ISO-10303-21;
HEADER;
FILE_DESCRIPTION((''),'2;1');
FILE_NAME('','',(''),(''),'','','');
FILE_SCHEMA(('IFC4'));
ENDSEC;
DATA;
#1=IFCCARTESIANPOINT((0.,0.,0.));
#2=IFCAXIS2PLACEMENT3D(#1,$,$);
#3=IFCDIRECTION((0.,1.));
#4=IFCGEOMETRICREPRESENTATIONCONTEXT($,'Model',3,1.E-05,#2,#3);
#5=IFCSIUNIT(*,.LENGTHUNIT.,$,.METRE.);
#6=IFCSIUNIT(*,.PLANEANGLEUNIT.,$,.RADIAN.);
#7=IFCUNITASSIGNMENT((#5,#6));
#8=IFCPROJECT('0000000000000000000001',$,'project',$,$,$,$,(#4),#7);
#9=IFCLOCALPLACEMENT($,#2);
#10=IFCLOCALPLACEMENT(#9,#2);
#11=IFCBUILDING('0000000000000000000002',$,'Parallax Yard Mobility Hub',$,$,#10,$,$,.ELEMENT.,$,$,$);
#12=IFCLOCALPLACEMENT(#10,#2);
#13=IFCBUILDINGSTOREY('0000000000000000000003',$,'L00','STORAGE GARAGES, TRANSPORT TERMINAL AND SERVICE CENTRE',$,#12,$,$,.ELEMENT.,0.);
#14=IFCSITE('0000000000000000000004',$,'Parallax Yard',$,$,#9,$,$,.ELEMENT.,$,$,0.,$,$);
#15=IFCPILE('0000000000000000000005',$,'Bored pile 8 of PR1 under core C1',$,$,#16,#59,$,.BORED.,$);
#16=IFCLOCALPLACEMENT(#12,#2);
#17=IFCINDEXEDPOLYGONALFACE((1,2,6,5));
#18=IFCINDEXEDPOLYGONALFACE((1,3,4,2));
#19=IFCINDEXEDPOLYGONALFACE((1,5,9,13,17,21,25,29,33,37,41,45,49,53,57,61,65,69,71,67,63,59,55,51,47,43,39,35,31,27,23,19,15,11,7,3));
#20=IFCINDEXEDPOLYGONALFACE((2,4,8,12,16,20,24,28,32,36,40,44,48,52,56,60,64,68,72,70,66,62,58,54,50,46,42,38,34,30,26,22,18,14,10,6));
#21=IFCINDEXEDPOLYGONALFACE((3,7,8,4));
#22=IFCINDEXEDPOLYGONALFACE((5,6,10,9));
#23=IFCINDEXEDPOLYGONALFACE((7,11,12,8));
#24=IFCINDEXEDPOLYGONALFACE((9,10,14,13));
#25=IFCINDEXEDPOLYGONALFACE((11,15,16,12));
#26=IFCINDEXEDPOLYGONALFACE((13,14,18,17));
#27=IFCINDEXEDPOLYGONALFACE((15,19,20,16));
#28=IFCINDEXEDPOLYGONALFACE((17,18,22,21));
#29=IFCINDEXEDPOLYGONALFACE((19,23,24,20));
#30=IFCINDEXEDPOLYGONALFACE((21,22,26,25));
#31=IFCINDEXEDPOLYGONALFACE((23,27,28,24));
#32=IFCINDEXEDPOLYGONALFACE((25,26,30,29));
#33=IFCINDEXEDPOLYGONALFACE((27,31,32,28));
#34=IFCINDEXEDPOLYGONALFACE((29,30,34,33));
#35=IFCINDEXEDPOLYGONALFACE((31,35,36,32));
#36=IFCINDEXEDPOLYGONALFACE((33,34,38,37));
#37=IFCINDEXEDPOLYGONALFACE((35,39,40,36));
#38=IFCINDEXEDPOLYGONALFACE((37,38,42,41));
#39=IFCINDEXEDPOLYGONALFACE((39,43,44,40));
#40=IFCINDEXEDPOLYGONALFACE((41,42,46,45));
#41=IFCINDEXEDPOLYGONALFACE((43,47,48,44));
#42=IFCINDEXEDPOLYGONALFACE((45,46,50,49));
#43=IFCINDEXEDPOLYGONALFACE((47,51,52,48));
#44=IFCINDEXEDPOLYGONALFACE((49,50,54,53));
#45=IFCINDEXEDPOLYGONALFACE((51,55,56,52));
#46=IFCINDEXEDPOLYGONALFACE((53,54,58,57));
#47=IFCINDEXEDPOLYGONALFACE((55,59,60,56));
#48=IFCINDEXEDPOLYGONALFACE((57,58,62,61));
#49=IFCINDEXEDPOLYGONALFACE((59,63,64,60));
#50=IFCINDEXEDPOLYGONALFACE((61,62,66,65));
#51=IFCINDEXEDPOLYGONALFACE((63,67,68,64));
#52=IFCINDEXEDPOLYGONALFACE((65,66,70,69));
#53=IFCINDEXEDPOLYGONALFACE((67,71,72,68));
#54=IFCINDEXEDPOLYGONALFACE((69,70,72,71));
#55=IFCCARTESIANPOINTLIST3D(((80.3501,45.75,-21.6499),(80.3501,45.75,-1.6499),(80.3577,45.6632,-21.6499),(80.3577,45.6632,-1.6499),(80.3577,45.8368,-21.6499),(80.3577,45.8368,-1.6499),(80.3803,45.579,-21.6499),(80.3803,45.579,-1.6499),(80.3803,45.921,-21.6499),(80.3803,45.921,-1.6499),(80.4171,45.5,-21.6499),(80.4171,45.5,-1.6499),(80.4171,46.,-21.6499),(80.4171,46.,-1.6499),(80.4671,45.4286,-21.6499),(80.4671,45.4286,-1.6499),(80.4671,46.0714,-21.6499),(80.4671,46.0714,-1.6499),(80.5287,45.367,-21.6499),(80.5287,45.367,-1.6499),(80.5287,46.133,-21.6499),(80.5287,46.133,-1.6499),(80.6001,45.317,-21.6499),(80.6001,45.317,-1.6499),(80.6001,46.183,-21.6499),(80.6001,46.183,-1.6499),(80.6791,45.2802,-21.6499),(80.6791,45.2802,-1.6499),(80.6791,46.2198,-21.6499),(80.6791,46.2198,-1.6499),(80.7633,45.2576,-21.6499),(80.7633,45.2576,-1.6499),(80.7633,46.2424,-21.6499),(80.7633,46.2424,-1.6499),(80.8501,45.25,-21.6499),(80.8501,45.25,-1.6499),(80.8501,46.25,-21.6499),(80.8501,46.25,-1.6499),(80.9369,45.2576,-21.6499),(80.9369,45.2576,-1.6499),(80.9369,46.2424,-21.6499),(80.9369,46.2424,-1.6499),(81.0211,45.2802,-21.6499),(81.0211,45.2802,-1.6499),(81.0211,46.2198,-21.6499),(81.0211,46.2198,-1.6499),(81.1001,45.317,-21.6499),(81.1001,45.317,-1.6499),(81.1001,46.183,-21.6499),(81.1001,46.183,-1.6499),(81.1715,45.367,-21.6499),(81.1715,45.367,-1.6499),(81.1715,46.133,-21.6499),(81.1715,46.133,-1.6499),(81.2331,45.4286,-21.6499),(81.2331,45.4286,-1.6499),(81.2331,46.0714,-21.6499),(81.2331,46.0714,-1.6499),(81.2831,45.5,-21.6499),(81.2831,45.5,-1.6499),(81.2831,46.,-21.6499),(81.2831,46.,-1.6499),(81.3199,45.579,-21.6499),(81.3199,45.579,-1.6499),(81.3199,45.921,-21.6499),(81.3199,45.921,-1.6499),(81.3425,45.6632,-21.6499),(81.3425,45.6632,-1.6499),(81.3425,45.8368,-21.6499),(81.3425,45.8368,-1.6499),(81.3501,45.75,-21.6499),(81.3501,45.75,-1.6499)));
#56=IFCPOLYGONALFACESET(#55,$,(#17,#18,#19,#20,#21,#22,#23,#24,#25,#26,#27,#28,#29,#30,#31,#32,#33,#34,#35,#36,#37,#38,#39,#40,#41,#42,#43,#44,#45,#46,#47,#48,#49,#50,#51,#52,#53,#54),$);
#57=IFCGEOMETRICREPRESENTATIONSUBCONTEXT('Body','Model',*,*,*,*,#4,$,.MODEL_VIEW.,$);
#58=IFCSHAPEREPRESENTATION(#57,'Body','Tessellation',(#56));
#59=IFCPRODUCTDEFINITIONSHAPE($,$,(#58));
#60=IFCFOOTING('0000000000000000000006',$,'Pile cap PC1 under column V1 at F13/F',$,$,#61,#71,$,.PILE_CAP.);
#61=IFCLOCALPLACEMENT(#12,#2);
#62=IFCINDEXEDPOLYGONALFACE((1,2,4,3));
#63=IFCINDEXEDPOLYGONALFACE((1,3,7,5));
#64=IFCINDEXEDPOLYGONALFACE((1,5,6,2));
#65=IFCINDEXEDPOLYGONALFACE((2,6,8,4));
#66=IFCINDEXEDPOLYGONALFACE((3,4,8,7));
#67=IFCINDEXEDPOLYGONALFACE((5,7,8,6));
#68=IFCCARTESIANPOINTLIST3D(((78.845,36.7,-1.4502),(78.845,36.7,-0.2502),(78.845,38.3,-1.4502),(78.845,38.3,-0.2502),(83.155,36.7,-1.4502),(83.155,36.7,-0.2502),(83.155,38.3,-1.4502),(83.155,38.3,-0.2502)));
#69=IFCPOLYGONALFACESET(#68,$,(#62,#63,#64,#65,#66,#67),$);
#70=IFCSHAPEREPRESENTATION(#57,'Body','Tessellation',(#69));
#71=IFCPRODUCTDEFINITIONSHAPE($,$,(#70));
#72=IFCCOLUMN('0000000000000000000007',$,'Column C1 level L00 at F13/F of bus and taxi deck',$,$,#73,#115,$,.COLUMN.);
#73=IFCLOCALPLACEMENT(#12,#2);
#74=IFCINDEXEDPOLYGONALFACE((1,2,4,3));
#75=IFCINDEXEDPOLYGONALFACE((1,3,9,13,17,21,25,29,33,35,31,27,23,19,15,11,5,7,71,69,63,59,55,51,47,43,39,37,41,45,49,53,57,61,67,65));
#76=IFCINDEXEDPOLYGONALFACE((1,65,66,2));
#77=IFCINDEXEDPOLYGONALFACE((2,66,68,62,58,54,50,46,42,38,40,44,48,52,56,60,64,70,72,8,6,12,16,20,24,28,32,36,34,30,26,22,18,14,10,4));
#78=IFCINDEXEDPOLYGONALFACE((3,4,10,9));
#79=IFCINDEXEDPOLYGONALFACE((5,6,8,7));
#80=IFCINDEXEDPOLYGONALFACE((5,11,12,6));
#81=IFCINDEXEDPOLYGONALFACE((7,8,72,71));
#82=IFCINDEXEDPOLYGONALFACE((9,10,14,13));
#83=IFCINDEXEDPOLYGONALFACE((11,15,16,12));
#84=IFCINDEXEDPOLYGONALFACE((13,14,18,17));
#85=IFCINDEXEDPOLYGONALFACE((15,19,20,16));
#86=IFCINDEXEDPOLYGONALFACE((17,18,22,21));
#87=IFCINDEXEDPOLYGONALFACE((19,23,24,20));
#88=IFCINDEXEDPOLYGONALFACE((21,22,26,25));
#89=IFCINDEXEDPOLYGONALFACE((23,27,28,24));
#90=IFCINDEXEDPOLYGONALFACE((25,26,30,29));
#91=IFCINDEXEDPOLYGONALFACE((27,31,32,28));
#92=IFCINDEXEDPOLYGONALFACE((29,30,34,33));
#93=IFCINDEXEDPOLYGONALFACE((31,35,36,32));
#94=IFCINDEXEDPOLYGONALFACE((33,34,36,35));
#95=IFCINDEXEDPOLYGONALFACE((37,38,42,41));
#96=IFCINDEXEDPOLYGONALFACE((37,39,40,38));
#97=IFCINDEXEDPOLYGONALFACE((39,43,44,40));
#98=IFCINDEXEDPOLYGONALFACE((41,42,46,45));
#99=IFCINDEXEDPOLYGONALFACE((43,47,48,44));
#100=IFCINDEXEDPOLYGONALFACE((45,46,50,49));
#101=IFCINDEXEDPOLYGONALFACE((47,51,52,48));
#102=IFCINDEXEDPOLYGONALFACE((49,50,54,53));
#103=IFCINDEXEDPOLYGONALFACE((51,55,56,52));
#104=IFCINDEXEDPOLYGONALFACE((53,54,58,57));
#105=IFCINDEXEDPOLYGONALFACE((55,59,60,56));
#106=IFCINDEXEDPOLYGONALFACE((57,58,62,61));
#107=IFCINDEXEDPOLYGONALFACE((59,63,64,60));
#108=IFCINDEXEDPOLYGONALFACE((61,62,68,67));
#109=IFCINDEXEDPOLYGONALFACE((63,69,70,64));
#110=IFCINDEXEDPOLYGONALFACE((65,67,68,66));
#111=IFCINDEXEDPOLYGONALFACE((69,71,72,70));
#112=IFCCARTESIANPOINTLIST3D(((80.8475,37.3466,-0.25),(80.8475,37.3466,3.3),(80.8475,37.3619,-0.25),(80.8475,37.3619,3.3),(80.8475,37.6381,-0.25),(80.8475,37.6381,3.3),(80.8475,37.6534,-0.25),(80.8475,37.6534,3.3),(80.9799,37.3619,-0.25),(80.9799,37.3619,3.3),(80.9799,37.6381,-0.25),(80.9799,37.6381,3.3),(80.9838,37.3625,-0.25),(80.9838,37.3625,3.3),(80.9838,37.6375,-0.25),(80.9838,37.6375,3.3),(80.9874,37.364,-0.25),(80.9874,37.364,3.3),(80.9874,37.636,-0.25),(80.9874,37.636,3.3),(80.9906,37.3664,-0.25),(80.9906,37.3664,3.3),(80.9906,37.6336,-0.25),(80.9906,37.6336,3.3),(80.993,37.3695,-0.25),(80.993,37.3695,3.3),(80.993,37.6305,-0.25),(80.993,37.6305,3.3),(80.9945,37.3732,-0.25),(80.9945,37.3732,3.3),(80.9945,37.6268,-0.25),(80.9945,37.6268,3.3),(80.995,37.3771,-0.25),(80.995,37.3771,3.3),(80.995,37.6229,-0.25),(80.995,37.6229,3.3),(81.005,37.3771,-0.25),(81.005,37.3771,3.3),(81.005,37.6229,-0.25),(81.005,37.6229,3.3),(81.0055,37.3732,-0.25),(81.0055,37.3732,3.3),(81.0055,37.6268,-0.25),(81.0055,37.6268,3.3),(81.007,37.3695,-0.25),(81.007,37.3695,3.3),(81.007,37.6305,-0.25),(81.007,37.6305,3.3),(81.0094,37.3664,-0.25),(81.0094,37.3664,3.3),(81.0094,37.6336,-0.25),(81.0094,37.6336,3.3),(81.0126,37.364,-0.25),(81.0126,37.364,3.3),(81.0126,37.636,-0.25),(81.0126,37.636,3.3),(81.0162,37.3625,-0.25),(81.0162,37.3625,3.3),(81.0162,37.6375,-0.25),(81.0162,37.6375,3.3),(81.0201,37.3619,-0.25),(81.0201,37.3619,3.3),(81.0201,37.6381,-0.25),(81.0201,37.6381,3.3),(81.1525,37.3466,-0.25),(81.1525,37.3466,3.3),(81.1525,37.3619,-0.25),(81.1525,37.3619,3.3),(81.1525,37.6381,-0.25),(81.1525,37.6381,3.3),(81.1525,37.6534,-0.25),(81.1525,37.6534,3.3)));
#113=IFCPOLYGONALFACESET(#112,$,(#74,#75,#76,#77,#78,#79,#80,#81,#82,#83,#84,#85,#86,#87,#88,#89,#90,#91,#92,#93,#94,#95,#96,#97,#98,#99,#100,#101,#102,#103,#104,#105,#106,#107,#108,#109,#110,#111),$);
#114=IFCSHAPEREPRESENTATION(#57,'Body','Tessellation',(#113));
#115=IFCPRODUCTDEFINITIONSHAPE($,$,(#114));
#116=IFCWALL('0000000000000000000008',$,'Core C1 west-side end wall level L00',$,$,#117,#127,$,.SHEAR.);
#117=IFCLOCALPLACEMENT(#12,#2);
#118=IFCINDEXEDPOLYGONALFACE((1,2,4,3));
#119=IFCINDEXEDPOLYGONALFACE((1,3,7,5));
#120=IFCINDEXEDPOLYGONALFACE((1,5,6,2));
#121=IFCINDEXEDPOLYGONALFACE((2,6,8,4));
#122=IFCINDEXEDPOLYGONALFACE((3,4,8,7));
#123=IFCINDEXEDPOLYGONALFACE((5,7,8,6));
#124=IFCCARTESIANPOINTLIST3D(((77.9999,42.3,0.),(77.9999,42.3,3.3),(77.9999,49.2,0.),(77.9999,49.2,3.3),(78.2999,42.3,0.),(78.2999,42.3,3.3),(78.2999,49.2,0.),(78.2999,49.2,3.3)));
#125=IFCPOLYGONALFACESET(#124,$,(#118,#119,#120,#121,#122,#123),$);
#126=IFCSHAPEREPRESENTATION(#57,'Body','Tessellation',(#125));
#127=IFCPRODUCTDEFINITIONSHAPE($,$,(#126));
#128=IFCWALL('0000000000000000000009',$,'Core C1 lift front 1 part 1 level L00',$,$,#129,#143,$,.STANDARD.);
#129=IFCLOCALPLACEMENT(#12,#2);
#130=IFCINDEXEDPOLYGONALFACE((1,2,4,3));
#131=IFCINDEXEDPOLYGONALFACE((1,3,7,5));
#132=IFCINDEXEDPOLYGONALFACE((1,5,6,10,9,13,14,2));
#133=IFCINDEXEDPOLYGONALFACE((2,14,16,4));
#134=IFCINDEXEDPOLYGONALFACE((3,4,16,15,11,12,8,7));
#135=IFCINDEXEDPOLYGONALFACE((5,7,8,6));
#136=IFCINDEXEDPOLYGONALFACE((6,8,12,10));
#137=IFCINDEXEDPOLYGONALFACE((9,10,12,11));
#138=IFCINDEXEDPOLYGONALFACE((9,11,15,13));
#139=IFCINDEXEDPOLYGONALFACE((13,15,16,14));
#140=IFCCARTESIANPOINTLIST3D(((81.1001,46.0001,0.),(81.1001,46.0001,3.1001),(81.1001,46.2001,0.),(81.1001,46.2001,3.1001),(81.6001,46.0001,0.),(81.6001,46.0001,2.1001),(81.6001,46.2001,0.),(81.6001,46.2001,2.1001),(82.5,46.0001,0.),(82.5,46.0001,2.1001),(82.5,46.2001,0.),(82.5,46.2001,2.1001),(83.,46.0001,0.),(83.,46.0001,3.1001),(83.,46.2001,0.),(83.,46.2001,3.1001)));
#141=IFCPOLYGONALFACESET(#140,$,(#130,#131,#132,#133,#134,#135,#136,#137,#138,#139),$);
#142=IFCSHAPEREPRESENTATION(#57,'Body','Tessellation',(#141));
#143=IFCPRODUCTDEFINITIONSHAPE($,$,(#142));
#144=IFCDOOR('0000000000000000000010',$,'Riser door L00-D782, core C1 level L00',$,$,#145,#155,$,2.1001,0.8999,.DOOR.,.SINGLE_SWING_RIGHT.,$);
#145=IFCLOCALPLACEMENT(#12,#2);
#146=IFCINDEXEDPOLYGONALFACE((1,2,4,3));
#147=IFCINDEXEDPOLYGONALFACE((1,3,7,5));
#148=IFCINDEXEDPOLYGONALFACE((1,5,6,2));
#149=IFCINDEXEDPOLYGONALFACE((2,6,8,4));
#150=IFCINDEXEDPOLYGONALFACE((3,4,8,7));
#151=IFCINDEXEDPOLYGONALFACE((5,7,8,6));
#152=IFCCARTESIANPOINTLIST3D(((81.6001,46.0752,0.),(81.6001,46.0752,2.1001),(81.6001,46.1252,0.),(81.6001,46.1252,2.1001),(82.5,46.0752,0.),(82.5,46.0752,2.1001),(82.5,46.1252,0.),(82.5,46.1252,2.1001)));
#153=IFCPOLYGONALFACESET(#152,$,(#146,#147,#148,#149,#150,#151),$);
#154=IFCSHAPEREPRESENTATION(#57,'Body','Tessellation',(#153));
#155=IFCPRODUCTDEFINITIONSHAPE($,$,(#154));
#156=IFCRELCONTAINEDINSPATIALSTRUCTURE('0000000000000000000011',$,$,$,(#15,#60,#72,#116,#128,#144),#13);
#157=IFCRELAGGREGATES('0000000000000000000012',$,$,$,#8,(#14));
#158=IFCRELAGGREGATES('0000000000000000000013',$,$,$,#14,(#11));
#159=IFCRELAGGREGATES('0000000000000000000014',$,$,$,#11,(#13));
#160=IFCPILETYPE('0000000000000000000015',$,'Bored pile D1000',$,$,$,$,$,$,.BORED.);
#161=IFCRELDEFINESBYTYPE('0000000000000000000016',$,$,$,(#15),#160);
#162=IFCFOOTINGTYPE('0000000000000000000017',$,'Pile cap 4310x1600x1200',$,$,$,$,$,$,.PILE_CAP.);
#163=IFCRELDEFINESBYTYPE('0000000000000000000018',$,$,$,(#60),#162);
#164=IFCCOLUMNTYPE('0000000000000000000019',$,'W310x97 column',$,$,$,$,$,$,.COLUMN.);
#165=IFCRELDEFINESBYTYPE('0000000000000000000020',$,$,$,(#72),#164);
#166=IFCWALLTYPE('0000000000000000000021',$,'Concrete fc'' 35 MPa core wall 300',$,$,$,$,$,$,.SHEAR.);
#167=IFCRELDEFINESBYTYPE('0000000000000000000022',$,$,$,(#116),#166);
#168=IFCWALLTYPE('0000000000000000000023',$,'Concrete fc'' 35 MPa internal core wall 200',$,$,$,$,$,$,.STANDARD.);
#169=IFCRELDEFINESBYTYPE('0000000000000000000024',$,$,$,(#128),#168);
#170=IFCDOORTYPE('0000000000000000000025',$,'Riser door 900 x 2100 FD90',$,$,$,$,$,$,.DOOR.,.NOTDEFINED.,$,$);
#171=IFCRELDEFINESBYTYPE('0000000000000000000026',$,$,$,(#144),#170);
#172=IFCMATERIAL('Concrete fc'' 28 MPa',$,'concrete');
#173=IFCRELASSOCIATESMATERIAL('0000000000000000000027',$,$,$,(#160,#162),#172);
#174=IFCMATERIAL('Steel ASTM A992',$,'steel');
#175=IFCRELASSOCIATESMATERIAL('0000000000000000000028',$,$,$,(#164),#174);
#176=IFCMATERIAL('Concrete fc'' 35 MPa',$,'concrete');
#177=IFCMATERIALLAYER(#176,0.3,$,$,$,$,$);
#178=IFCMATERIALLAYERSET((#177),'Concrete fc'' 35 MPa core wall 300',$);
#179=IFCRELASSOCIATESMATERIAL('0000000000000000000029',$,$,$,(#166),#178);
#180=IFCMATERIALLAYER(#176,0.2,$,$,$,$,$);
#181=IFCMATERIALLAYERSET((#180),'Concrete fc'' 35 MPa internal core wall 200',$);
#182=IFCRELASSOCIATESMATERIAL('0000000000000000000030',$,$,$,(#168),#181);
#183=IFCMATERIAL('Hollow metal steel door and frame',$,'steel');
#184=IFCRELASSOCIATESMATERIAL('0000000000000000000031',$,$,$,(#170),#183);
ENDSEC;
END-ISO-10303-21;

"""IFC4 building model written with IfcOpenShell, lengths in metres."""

from ifc_helpers import new_model, si_unit, direction, frame, frame_2d, origin, origin_2d, place, context, subcontext, project, spatial, rectangle, circle, i_section, extrude, material, layer, layer_set, material_profile, profile_set, type_object, element, fill, save


model = new_model("IFC4")

# Units and contexts
model_context = context("Model", 3, precision=1e-05, world=origin(), true_north=direction((0.0, 1.0)))
body_context = subcontext(model_context, "Body", "Model", "MODEL_VIEW")
ifc_project = project(units=[si_unit("LENGTHUNIT", "METRE"), si_unit("PLANEANGLEUNIT", "RADIAN")], contexts=[model_context])

# Site, building, storey
site_placement = place(None, origin())
site = spatial("IfcSite", under=ifc_project, at=site_placement, Name="Parallax Yard", CompositionType="ELEMENT", RefElevation=0.0)
building_placement = place(site_placement, origin())
building = spatial("IfcBuilding", under=site, at=building_placement, Name="Parallax Yard Mobility Hub", CompositionType="ELEMENT")
storey_placement = place(building_placement, origin())
storey = spatial("IfcBuildingStorey", under=building, at=storey_placement, Name="L00", Description="STORAGE GARAGES, TRANSPORT TERMINAL AND SERVICE CENTRE", CompositionType="ELEMENT", Elevation=0.0)

# Pile
ifc_material_1 = material(Name="Concrete fc' 28 MPa", Category="concrete")
ifc_material_profile_1 = material_profile(ifc_material_1, circle(Radius=0.5, at=origin_2d()), Name="Bored pile D1000")
ifc_profile_set_1 = profile_set([ifc_material_profile_1], Name="Concrete fc' 28 MPa")
pile_type = type_object("IfcPileType", Name="Bored pile D1000", PredefinedType="BORED", material=ifc_profile_set_1)
for number, where, z_axis, x_axis, name in (
    (1, (80.8501, 45.75, -1.6499), (0.0, 0.0, -1.0), (1.0, 0.0, 0.0), "Bored pile 8 of PR1 under core C1"),
):
    element("IfcPile", number, at=place(storey_placement, frame(where, z_axis=z_axis, x_axis=x_axis)), inside=storey, type_object=pile_type, Name=name, PredefinedType="BORED", context=body_context, shape_type="SweptSolid", body=[
        extrude(circle(Radius=0.5, at=origin_2d()), origin(), (0.0, 0.0, 1.0), 20.0),
    ])

# Footing
footing_type = type_object("IfcFootingType", Name="Pile cap 4310x1600x1200", PredefinedType="PILE_CAP", material=ifc_material_1)
footing_placement = place(storey_placement, frame((81.0, 37.5, -1.4502), z_axis=(0.0, 0.0, 1.0), x_axis=(1.0, 0.0, 0.0)))
element("IfcFooting", 2, at=footing_placement, inside=storey, type_object=footing_type, Name="Pile cap PC1 under column V1 at F13/F", PredefinedType="PILE_CAP", context=body_context, shape_type="SweptSolid", body=[
    extrude(rectangle(XDim=4.3101, YDim=1.6001, at=origin_2d()), origin(), (0.0, 0.0, 1.0), 1.2),
])

# Column
ifc_material_2 = material(Name="Steel ASTM A992", Category="steel")
ifc_material_profile_2 = material_profile(ifc_material_2, i_section(OverallWidth=0.3049, OverallDepth=0.3069, WebThickness=0.01, FlangeThickness=0.0154, FilletRadius=0.0151, at=origin_2d()), Name="W310x97")
ifc_profile_set_2 = profile_set([ifc_material_profile_2], Name="Steel ASTM A992")
column_type = type_object("IfcColumnType", Name="W310x97 column", PredefinedType="COLUMN", material=ifc_profile_set_2)
column_placement = place(storey_placement, frame((81.0, 37.5, -0.25), z_axis=(0.0, 0.0, 1.0), x_axis=(1.0, 0.0, 0.0)))
element("IfcColumn", 3, at=column_placement, inside=storey, type_object=column_type, Name="Column C1 level L00 at F13/F of bus and taxi deck", PredefinedType="COLUMN", context=body_context, shape_type="SweptSolid", body=[
    extrude(i_section(OverallWidth=0.3049, OverallDepth=0.3069, WebThickness=0.01, FlangeThickness=0.0154, FilletRadius=0.0151, at=origin_2d()), origin(), (0.0, 0.0, 1.0), 3.55),
])

# Wall
ifc_material_3 = material(Name="Concrete fc' 35 MPa", Category="concrete")
ifc_layer_1 = layer(ifc_material_3, 0.3)
ifc_layer_set_1 = layer_set([ifc_layer_1], Name="Concrete fc' 35 MPa core wall 300")
wall_type_1 = type_object("IfcWallType", Name="Concrete fc' 35 MPa core wall 300", PredefinedType="SHEAR", material=ifc_layer_set_1)
wall_1_placement = place(storey_placement, frame((78.1499, 42.3, 0.0), z_axis=(0.0, 0.0, 1.0), x_axis=(0.0, 1.0, 0.0)))
element("IfcWall", 4, at=wall_1_placement, inside=storey, type_object=wall_type_1, Name="Core C1 west-side end wall level L00", PredefinedType="SHEAR", context=body_context, shape_type="SweptSolid", body=[
    extrude(rectangle(XDim=6.8999, YDim=0.3, at=frame_2d((3.45, 0.0))), origin(), (0.0, 0.0, 1.0), 3.3),
])

# Wall, opening, door
ifc_layer_2 = layer(ifc_material_3, 0.2)
ifc_layer_set_2 = layer_set([ifc_layer_2], Name="Concrete fc' 35 MPa internal core wall 200")
wall_type_2 = type_object("IfcWallType", Name="Concrete fc' 35 MPa internal core wall 200", PredefinedType="STANDARD", material=ifc_layer_set_2)
wall_2_placement = place(storey_placement, frame((83.0, 46.1001, 0.0), z_axis=(0.0, 0.0, 1.0), x_axis=(-1.0, 0.0, 0.0)))
wall_2 = element("IfcWall", 5, at=wall_2_placement, inside=storey, type_object=wall_type_2, Name="Core C1 lift front 1 part 1 level L00", PredefinedType="STANDARD", context=body_context, shape_type="SweptSolid", body=[
    extrude(rectangle(XDim=1.8999, YDim=0.2, at=frame_2d((0.95, 0.0))), origin(), (0.0, 0.0, 1.0), 3.1001),
])
opening_1_placement = place(wall_2_placement, frame((0.5, 0.0, 0.0)))
opening_1 = element("IfcOpeningElement", 6, at=opening_1_placement, cuts=wall_2, PredefinedType="OPENING", context=body_context, shape_type="SweptSolid", body=[
    extrude(rectangle(XDim=0.8999, YDim=2.1001, at=frame_2d((0.45, 1.05))), frame((0.0, 0.1099, 0.0), z_axis=(0.0, -1.0, 0.0), x_axis=(1.0, 0.0, 0.0)), (0.0, 0.0, 1.0), 0.22),
])
ifc_material_4 = material(Name="Hollow metal steel door and frame", Category="steel")
door_type_1 = type_object("IfcDoorType", Name="Riser door 900 x 2100 FD90", OperationType="NOTDEFINED", PredefinedType="DOOR", material=ifc_material_4)
door_1_placement = place(opening_1_placement, origin())
door_1 = element("IfcDoor", 7, at=door_1_placement, inside=storey, type_object=door_type_1, Name="Riser door L00-D782, core C1 level L00", OperationType="SINGLE_SWING_RIGHT", OverallHeight=2.1001, OverallWidth=0.8999, PredefinedType="DOOR", context=body_context, shape_type="SweptSolid", body=[
    extrude(rectangle(XDim=0.8999, YDim=2.1001, at=frame_2d((0.45, 1.05))), frame((0.0, 0.0249, 0.0), z_axis=(0.0, -1.0, 0.0), x_axis=(1.0, 0.0, 0.0)), (0.0, 0.0, 1.0), 0.05),
])
fill(opening_1, door_1)

save(model, "model.ifc")
